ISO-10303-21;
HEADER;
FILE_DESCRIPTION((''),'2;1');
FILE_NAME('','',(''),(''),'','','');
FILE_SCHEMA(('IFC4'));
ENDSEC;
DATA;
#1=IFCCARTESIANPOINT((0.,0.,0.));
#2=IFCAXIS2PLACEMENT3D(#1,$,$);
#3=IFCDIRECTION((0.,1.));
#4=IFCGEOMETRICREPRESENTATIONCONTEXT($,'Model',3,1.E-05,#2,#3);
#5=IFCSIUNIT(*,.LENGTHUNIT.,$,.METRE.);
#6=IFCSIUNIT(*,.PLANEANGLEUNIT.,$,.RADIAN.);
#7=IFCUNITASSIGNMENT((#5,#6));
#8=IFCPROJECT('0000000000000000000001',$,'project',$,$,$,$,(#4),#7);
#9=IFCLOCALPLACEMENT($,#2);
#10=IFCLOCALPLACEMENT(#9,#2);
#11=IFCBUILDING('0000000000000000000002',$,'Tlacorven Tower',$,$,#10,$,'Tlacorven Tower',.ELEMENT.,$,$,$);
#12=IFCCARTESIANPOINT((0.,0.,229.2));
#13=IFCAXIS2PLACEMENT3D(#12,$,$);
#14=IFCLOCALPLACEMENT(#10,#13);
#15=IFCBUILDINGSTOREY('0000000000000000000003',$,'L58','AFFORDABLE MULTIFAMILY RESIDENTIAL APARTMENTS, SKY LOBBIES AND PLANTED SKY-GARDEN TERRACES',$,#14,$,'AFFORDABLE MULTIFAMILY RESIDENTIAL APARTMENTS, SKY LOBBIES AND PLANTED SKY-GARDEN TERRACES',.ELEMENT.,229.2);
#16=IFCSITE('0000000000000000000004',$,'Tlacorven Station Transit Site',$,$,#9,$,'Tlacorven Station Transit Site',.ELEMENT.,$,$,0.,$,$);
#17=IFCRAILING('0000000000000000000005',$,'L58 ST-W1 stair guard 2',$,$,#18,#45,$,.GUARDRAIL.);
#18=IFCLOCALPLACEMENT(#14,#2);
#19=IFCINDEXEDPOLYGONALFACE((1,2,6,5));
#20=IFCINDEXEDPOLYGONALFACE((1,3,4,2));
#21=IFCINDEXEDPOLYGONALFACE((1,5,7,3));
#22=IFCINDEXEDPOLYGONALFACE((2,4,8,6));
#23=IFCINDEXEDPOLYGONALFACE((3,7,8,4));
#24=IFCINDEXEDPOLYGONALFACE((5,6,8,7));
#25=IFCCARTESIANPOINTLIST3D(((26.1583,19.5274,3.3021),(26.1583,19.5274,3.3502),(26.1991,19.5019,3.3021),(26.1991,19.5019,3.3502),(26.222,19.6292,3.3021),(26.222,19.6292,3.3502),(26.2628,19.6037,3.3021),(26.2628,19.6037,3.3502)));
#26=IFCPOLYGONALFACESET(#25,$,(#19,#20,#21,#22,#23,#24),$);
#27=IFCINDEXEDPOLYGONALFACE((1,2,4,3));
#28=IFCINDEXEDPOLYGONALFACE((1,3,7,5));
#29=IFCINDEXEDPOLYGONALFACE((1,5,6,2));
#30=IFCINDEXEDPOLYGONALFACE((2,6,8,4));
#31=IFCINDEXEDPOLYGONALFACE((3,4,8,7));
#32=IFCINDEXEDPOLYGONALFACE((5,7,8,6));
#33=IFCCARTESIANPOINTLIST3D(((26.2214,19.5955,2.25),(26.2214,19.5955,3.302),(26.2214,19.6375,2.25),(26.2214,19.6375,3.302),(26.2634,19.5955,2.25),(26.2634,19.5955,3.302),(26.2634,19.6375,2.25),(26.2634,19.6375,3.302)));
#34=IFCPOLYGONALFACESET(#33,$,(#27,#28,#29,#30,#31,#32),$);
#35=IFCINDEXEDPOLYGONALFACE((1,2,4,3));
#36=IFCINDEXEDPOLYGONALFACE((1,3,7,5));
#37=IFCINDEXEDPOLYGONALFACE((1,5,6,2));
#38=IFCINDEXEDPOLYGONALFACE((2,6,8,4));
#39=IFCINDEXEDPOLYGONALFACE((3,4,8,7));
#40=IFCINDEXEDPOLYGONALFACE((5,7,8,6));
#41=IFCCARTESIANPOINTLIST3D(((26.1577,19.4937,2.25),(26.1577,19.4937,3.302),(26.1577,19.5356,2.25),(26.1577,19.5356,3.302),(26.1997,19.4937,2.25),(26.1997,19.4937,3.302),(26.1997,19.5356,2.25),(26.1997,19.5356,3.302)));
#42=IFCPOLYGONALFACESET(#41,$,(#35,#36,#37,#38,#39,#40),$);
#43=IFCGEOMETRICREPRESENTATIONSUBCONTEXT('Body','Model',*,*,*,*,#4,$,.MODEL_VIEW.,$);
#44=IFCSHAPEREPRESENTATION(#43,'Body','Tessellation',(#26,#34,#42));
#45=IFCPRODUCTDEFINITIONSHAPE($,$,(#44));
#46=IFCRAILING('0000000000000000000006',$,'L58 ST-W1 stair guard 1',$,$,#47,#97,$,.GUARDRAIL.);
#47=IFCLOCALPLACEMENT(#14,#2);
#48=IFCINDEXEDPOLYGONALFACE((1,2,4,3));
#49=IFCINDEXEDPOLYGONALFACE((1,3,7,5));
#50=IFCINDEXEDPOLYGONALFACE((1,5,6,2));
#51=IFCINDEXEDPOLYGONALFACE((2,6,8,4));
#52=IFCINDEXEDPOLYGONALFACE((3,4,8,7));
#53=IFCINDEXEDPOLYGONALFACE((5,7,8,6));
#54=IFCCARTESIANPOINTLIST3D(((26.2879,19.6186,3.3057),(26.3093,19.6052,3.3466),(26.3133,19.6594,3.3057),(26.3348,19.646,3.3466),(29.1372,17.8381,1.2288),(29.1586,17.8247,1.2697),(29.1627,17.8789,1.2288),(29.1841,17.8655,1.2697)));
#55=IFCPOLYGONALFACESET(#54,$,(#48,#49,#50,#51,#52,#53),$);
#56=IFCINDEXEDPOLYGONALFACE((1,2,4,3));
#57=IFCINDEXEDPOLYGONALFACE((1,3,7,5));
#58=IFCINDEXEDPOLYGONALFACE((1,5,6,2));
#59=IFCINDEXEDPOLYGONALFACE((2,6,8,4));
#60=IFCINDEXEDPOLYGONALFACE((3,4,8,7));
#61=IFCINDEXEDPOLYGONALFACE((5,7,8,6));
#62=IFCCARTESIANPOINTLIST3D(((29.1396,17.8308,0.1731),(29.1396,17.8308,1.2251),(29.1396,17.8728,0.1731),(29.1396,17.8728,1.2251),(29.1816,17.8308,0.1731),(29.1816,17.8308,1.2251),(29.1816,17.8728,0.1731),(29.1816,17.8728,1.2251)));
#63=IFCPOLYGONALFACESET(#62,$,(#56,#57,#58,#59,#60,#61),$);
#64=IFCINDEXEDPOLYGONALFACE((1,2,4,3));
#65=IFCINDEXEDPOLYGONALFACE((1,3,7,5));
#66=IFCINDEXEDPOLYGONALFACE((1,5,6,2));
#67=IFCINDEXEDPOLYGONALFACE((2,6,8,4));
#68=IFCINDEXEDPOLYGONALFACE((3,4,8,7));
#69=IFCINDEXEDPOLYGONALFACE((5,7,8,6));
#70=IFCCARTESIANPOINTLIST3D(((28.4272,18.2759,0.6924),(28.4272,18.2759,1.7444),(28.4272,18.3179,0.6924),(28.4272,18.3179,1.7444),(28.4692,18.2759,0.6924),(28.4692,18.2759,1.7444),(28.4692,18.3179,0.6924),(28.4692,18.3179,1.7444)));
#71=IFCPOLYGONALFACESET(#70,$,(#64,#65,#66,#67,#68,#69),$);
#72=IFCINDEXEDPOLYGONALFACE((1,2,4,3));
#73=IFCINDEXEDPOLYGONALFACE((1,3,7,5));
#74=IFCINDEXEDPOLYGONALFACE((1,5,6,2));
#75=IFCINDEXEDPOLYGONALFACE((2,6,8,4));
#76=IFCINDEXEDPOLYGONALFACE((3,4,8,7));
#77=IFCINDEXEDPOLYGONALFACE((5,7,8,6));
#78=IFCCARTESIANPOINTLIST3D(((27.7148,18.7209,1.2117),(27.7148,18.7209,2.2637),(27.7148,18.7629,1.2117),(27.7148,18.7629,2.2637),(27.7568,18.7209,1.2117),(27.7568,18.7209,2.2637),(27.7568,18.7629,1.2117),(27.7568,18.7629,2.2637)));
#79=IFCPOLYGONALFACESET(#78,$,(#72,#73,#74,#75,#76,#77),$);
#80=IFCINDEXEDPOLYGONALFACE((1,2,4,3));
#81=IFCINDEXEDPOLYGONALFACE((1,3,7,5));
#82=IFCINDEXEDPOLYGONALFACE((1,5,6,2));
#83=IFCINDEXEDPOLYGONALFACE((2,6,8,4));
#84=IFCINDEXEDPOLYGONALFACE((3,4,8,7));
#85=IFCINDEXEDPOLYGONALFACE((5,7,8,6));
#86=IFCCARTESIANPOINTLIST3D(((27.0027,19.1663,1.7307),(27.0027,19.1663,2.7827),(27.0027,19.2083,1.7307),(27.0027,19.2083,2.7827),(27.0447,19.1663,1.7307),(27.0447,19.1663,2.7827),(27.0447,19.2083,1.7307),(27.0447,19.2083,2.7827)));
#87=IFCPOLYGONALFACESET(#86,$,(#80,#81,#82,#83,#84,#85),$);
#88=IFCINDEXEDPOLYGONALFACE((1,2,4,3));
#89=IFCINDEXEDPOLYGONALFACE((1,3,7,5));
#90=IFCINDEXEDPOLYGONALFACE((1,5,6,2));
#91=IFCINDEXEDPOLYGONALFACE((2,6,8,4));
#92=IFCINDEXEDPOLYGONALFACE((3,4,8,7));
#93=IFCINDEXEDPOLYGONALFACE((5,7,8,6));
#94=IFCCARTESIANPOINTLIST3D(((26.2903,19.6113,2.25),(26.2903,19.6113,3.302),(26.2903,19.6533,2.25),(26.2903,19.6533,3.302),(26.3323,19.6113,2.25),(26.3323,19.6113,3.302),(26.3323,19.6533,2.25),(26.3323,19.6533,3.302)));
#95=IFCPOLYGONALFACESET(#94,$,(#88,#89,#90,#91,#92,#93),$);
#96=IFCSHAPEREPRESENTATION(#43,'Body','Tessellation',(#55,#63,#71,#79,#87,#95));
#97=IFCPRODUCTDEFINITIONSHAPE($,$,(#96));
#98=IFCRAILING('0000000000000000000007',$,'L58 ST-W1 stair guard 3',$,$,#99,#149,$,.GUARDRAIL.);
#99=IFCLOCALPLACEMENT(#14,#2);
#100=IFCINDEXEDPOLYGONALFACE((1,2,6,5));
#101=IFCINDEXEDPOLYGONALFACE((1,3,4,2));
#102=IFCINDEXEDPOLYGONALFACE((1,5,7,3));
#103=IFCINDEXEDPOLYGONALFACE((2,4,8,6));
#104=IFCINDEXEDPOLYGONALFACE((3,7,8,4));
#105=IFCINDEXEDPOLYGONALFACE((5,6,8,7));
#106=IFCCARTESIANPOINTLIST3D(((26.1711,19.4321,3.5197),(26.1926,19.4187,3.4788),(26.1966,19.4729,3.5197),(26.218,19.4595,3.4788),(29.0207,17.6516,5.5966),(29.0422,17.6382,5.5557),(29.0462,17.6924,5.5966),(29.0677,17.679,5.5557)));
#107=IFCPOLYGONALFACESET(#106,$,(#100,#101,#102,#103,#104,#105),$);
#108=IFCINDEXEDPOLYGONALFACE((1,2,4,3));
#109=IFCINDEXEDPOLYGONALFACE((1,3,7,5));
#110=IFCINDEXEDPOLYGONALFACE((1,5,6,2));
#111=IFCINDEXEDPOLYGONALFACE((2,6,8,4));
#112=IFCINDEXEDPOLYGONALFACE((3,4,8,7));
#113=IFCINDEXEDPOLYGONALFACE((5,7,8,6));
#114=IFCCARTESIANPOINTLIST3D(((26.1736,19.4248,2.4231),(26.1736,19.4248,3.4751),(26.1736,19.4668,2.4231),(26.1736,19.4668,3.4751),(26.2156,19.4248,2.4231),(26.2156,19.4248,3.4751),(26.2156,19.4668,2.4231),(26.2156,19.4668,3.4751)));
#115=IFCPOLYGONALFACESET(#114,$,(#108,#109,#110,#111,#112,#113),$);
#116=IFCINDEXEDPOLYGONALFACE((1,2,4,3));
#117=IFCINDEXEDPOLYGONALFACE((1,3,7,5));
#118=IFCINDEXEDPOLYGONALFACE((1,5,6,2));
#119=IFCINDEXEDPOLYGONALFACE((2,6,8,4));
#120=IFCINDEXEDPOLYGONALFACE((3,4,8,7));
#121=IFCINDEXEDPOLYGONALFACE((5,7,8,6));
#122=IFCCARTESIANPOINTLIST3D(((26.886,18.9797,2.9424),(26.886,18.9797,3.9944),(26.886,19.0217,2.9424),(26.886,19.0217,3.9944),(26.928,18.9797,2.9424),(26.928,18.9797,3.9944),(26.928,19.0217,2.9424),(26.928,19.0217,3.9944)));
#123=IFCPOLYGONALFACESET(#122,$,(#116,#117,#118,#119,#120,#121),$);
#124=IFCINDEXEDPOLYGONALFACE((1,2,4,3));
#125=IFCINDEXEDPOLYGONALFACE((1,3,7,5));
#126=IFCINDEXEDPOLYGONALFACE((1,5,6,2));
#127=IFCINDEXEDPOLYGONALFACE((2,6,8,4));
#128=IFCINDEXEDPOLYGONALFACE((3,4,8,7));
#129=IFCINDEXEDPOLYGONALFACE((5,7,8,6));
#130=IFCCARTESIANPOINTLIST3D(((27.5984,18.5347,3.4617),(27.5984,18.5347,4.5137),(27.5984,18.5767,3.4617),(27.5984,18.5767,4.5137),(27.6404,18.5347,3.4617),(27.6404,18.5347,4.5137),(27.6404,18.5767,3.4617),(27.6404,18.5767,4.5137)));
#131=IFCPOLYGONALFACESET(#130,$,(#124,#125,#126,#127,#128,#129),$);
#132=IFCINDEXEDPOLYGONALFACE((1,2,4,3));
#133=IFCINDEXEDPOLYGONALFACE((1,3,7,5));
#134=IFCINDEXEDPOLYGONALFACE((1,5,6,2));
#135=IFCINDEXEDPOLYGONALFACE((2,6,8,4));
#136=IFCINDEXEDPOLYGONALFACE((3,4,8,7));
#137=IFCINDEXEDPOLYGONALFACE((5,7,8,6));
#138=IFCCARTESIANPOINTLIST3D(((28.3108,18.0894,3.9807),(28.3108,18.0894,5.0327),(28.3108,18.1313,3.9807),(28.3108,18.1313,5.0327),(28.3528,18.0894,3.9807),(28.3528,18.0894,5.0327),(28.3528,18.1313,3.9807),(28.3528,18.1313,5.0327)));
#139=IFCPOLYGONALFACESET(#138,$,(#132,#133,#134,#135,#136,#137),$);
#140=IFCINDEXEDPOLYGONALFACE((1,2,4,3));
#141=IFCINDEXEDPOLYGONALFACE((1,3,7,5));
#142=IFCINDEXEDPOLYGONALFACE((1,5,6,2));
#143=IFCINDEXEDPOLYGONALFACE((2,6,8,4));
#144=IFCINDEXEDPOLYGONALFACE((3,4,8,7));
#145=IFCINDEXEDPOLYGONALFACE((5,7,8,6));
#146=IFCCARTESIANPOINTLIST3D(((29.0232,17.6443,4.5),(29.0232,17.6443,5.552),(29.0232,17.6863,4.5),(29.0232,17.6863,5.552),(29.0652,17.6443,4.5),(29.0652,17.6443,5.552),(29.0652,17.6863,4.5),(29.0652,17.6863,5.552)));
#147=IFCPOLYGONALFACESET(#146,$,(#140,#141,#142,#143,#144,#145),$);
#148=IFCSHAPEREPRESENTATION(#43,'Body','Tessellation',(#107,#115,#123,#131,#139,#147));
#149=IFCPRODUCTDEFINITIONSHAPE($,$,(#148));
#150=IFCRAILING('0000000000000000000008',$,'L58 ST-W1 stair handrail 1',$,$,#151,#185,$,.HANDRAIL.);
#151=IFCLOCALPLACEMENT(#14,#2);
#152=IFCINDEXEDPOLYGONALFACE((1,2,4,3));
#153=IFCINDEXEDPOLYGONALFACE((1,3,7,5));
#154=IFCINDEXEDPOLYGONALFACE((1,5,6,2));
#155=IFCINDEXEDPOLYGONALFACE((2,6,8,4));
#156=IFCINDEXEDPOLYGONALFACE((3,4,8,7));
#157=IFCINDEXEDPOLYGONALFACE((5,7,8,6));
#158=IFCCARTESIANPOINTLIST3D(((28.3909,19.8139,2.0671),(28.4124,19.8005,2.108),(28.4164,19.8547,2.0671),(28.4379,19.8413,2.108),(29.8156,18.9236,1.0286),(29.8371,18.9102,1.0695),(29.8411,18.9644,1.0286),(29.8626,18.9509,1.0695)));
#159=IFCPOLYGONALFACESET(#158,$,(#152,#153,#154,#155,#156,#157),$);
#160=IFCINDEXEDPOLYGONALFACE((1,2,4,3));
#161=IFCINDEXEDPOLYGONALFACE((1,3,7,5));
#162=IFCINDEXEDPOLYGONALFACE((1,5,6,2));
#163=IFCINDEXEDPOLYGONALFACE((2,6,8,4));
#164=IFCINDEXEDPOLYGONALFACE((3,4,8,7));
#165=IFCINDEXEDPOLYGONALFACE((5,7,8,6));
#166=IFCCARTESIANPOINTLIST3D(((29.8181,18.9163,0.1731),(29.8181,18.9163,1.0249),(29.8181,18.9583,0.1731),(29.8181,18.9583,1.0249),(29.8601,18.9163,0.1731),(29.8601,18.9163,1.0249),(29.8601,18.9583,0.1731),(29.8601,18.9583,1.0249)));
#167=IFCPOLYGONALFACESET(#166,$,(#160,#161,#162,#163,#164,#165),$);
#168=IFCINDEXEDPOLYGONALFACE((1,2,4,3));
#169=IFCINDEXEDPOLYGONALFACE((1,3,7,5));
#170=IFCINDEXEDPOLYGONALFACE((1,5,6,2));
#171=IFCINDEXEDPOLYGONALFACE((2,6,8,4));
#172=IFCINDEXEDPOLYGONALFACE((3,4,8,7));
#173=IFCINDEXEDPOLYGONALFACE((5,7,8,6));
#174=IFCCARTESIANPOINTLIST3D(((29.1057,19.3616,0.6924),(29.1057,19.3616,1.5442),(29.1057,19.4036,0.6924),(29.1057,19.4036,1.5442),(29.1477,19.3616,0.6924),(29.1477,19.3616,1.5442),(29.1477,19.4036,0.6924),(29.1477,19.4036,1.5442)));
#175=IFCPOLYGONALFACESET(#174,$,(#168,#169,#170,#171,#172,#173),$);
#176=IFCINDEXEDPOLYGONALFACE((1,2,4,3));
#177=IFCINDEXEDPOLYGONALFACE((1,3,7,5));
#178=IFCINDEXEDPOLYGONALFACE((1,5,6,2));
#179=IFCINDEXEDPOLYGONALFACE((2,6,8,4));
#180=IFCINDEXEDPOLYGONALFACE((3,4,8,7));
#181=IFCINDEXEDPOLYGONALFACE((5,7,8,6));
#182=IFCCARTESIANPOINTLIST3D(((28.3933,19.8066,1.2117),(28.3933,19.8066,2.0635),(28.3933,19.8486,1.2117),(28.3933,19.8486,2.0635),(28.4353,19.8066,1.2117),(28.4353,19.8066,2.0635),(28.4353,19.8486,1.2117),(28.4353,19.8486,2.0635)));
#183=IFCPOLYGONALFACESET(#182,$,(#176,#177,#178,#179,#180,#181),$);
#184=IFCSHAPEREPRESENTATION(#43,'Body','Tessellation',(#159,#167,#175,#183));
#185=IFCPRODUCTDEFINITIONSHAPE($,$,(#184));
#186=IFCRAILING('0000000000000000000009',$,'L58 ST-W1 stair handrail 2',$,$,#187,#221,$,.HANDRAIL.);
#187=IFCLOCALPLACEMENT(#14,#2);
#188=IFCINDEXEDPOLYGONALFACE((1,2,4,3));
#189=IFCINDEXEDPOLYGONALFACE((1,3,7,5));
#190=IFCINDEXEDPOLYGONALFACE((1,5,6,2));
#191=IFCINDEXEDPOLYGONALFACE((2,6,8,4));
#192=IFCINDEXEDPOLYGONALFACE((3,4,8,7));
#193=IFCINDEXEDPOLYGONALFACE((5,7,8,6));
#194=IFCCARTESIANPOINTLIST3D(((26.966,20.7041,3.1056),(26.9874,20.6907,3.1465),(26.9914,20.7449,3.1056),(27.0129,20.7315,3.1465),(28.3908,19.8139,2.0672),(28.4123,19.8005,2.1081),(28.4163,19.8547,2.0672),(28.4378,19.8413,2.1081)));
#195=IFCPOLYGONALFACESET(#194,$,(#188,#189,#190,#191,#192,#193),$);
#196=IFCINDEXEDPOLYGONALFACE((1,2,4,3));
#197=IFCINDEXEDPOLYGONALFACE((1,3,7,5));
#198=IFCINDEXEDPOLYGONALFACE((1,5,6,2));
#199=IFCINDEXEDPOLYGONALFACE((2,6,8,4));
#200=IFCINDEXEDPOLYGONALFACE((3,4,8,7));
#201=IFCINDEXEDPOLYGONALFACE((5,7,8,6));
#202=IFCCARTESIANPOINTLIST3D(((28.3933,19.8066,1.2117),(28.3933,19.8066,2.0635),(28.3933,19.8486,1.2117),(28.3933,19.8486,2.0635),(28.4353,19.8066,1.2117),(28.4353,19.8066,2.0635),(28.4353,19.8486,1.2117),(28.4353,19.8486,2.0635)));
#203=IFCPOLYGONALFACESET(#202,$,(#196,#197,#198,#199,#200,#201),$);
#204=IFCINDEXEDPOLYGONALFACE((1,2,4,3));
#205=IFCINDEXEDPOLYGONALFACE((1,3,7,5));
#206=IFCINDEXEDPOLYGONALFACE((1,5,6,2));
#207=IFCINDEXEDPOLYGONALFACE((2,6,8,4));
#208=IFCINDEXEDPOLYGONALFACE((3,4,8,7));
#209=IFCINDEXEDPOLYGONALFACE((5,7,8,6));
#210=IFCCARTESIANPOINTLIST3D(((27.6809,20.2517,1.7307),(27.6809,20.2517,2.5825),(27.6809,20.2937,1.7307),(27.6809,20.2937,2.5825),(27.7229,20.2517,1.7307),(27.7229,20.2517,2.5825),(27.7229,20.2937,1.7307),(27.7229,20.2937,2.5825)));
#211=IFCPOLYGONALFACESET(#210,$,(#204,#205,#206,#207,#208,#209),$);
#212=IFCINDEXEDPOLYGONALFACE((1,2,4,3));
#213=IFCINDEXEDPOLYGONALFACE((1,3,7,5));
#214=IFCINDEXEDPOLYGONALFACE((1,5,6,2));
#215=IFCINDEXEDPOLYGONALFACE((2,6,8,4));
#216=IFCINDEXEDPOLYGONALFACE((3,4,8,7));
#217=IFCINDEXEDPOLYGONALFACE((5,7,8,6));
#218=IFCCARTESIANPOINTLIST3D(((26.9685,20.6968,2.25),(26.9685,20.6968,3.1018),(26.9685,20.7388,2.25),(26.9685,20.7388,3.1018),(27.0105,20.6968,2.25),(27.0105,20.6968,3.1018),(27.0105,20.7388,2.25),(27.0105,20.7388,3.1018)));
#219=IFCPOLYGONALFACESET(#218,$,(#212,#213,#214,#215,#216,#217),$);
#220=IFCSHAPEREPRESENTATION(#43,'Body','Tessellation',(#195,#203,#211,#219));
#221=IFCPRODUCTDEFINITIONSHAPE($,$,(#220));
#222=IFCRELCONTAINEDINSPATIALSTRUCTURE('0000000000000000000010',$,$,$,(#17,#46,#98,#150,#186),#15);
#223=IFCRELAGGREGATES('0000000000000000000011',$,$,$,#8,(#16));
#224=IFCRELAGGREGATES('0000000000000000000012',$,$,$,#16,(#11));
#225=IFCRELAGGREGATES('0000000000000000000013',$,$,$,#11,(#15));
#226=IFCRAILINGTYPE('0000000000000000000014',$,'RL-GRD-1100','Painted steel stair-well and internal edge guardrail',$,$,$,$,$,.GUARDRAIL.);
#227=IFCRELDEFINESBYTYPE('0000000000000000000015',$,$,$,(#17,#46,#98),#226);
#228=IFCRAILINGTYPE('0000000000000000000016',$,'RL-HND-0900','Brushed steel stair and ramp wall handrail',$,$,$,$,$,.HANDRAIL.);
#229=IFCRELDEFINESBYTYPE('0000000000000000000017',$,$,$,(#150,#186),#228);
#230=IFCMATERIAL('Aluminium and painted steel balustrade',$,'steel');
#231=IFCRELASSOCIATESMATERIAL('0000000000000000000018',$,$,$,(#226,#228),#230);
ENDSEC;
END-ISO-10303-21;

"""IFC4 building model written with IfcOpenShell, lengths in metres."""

from ifc_helpers import new_model, si_unit, direction, frame, origin, origin_2d, place, context, subcontext, project, spatial, rectangle, extrude, source, transform, mapped, material, type_object, element, save


model = new_model("IFC4")

# Units and contexts
model_context = context("Model", 3, precision=1e-05, world=origin(), true_north=direction((0.0, 1.0)))
body_context = subcontext(model_context, "Body", "Model", "MODEL_VIEW")
ifc_project = project(units=[si_unit("LENGTHUNIT", "METRE"), si_unit("PLANEANGLEUNIT", "RADIAN")], contexts=[model_context])

# Site, building, storey
site_placement = place(None, origin())
site = spatial("IfcSite", under=ifc_project, at=site_placement, Name="Tlacorven Station Transit Site", LongName="Tlacorven Station Transit Site", CompositionType="ELEMENT", RefElevation=0.0)
building_placement = place(site_placement, origin())
building = spatial("IfcBuilding", under=site, at=building_placement, Name="Tlacorven Tower", LongName="Tlacorven Tower", CompositionType="ELEMENT")
storey_placement = place(building_placement, frame((0.0, 0.0, 229.2)))
storey = spatial("IfcBuildingStorey", under=building, at=storey_placement, Name="L58", Description="AFFORDABLE MULTIFAMILY RESIDENTIAL APARTMENTS, SKY LOBBIES AND PLANTED SKY-GARDEN TERRACES", LongName="AFFORDABLE MULTIFAMILY RESIDENTIAL APARTMENTS, SKY LOBBIES AND PLANTED SKY-GARDEN TERRACES", CompositionType="ELEMENT", Elevation=229.2)

# Railings
ifc_material_1 = material(Name="Aluminium and painted steel balustrade", Category="steel")
railing_type_1 = type_object("IfcRailingType", Name="RL-GRD-1100", Description="Painted steel stair-well and internal edge guardrail", PredefinedType="GUARDRAIL", material=ifc_material_1)
shared_shape_1 = source(origin(), body_context, "Body", "SweptSolid", [
    extrude(rectangle(XDim=0.0481, YDim=0.0481, at=origin_2d()), frame((0.0, 0.0, 1.0762), z_axis=(-0.530547, -0.847656, 0.0), x_axis=(0.847656, -0.530547, 0.0)), (0.0, 0.0, 1.0), 0.1201),
    extrude(rectangle(XDim=0.042, YDim=0.042, at=origin_2d()), origin(), (0.0, 0.0, 1.0), 1.052),
    extrude(rectangle(XDim=0.042, YDim=0.042, at=origin_2d()), frame((-0.0637, -0.1018, 0.0)), (0.0, 0.0, 1.0), 1.052),
])
railing_1_placement = place(storey_placement, frame((26.2424, 19.6165, 2.25)))
element("IfcRailing", 1, at=railing_1_placement, inside=storey, type_object=railing_type_1, Name="L58 ST-W1 stair guard 2", PredefinedType="GUARDRAIL", context=body_context, shape_type="MappedRepresentation", body=[
    mapped(shared_shape_1, transform((0.0, 0.0, 0.0), scale=1.0)),
])
shared_shape_2 = source(origin(), body_context, "Body", "SweptSolid", [
    extrude(rectangle(XDim=0.0481, YDim=0.0481, at=origin_2d()), frame((0.0, 0.0, 1.0762), z_axis=(-0.721355, 0.450762, 0.525796), x_axis=(-0.529927, -0.848043, 0.0)), (0.0, 0.0, 1.0), 3.95),
    extrude(rectangle(XDim=0.042, YDim=0.042, at=origin_2d()), origin(), (0.0, 0.0, 1.0), 1.052),
    extrude(rectangle(XDim=0.042, YDim=0.042, at=origin_2d()), frame((-0.7124, 0.4451, 0.5193)), (0.0, 0.0, 1.0), 1.052),
    extrude(rectangle(XDim=0.042, YDim=0.042, at=origin_2d()), frame((-1.4248, 0.8901, 1.0386)), (0.0, 0.0, 1.0), 1.052),
    extrude(rectangle(XDim=0.042, YDim=0.042, at=origin_2d()), frame((-2.137, 1.3354, 1.5576)), (0.0, 0.0, 1.0), 1.052),
    extrude(rectangle(XDim=0.042, YDim=0.042, at=origin_2d()), frame((-2.8494, 1.7805, 2.0769)), (0.0, 0.0, 1.0), 1.052),
])
railing_2_placement = place(storey_placement, frame((29.1606, 17.8518, 0.1731)))
element("IfcRailing", 2, at=railing_2_placement, inside=storey, type_object=railing_type_1, Name="L58 ST-W1 stair guard 1", PredefinedType="GUARDRAIL", context=body_context, shape_type="MappedRepresentation", body=[
    mapped(shared_shape_2, transform((0.0, 0.0, 0.0), scale=1.0)),
])
shared_shape_3 = source(origin(), body_context, "Body", "SweptSolid", [
    extrude(rectangle(XDim=0.0481, YDim=0.0481, at=origin_2d()), frame((0.0, 0.0, 1.0762), z_axis=(0.721384, -0.450742, 0.525772), x_axis=(0.529894, 0.848064, 0.0)), (0.0, 0.0, 1.0), 3.9502),
    extrude(rectangle(XDim=0.042, YDim=0.042, at=origin_2d()), origin(), (0.0, 0.0, 1.0), 1.052),
    extrude(rectangle(XDim=0.042, YDim=0.042, at=origin_2d()), frame((0.7124, -0.4451, 0.5193)), (0.0, 0.0, 1.0), 1.052),
    extrude(rectangle(XDim=0.042, YDim=0.042, at=origin_2d()), frame((1.4248, -0.8901, 1.0386)), (0.0, 0.0, 1.0), 1.052),
    extrude(rectangle(XDim=0.042, YDim=0.042, at=origin_2d()), frame((2.1372, -1.3354, 1.5576)), (0.0, 0.0, 1.0), 1.052),
    extrude(rectangle(XDim=0.042, YDim=0.042, at=origin_2d()), frame((2.8496, -1.7805, 2.0769)), (0.0, 0.0, 1.0), 1.052),
])
railing_3_placement = place(storey_placement, frame((26.1946, 19.4458, 2.4231)))
element("IfcRailing", 3, at=railing_3_placement, inside=storey, type_object=railing_type_1, Name="L58 ST-W1 stair guard 3", PredefinedType="GUARDRAIL", context=body_context, shape_type="MappedRepresentation", body=[
    mapped(shared_shape_3, transform((0.0, 0.0, 0.0), scale=1.0)),
])
railing_type_2 = type_object("IfcRailingType", Name="RL-HND-0900", Description="Brushed steel stair and ramp wall handrail", PredefinedType="HANDRAIL", material=ifc_material_1)
shared_shape_4 = source(origin(), body_context, "Body", "SweptSolid", [
    extrude(rectangle(XDim=0.0481, YDim=0.0481, at=origin_2d()), frame((0.0, 0.0, 0.876), z_axis=(-0.721341, 0.450776, 0.525803), x_axis=(-0.529947, -0.848031, 0.0)), (0.0, 0.0, 1.0), 1.9751),
    extrude(rectangle(XDim=0.042, YDim=0.042, at=origin_2d()), origin(), (0.0, 0.0, 1.0), 0.8518),
    extrude(rectangle(XDim=0.042, YDim=0.042, at=origin_2d()), frame((-0.7124, 0.4453, 0.5193)), (0.0, 0.0, 1.0), 0.8518),
    extrude(rectangle(XDim=0.042, YDim=0.042, at=origin_2d()), frame((-1.4248, 0.8904, 1.0386)), (0.0, 0.0, 1.0), 0.8518),
])
railing_4_placement = place(storey_placement, frame((29.8391, 18.9373, 0.1731)))
element("IfcRailing", 4, at=railing_4_placement, inside=storey, type_object=railing_type_2, Name="L58 ST-W1 stair handrail 1", PredefinedType="HANDRAIL", context=body_context, shape_type="MappedRepresentation", body=[
    mapped(shared_shape_4, transform((0.0, 0.0, 0.0), scale=1.0)),
])
shared_shape_5 = source(origin(), body_context, "Body", "SweptSolid", [
    extrude(rectangle(XDim=0.0481, YDim=0.0481, at=origin_2d()), frame((0.0, 0.0, 0.876), z_axis=(-0.721428, 0.450707, 0.525742), x_axis=(-0.529842, -0.848096, 0.0)), (0.0, 0.0, 1.0), 1.9751),
    extrude(rectangle(XDim=0.042, YDim=0.042, at=origin_2d()), origin(), (0.0, 0.0, 1.0), 0.8518),
    extrude(rectangle(XDim=0.042, YDim=0.042, at=origin_2d()), frame((-0.7124, 0.4451, 0.519)), (0.0, 0.0, 1.0), 0.8518),
    extrude(rectangle(XDim=0.042, YDim=0.042, at=origin_2d()), frame((-1.4248, 0.8901, 1.0383)), (0.0, 0.0, 1.0), 0.8518),
])
railing_5_placement = place(storey_placement, frame((28.4143, 19.8276, 1.2117)))
element("IfcRailing", 5, at=railing_5_placement, inside=storey, type_object=railing_type_2, Name="L58 ST-W1 stair handrail 2", PredefinedType="HANDRAIL", context=body_context, shape_type="MappedRepresentation", body=[
    mapped(shared_shape_5, transform((0.0, 0.0, 0.0), scale=1.0)),
])

save(model, "model.ifc")
